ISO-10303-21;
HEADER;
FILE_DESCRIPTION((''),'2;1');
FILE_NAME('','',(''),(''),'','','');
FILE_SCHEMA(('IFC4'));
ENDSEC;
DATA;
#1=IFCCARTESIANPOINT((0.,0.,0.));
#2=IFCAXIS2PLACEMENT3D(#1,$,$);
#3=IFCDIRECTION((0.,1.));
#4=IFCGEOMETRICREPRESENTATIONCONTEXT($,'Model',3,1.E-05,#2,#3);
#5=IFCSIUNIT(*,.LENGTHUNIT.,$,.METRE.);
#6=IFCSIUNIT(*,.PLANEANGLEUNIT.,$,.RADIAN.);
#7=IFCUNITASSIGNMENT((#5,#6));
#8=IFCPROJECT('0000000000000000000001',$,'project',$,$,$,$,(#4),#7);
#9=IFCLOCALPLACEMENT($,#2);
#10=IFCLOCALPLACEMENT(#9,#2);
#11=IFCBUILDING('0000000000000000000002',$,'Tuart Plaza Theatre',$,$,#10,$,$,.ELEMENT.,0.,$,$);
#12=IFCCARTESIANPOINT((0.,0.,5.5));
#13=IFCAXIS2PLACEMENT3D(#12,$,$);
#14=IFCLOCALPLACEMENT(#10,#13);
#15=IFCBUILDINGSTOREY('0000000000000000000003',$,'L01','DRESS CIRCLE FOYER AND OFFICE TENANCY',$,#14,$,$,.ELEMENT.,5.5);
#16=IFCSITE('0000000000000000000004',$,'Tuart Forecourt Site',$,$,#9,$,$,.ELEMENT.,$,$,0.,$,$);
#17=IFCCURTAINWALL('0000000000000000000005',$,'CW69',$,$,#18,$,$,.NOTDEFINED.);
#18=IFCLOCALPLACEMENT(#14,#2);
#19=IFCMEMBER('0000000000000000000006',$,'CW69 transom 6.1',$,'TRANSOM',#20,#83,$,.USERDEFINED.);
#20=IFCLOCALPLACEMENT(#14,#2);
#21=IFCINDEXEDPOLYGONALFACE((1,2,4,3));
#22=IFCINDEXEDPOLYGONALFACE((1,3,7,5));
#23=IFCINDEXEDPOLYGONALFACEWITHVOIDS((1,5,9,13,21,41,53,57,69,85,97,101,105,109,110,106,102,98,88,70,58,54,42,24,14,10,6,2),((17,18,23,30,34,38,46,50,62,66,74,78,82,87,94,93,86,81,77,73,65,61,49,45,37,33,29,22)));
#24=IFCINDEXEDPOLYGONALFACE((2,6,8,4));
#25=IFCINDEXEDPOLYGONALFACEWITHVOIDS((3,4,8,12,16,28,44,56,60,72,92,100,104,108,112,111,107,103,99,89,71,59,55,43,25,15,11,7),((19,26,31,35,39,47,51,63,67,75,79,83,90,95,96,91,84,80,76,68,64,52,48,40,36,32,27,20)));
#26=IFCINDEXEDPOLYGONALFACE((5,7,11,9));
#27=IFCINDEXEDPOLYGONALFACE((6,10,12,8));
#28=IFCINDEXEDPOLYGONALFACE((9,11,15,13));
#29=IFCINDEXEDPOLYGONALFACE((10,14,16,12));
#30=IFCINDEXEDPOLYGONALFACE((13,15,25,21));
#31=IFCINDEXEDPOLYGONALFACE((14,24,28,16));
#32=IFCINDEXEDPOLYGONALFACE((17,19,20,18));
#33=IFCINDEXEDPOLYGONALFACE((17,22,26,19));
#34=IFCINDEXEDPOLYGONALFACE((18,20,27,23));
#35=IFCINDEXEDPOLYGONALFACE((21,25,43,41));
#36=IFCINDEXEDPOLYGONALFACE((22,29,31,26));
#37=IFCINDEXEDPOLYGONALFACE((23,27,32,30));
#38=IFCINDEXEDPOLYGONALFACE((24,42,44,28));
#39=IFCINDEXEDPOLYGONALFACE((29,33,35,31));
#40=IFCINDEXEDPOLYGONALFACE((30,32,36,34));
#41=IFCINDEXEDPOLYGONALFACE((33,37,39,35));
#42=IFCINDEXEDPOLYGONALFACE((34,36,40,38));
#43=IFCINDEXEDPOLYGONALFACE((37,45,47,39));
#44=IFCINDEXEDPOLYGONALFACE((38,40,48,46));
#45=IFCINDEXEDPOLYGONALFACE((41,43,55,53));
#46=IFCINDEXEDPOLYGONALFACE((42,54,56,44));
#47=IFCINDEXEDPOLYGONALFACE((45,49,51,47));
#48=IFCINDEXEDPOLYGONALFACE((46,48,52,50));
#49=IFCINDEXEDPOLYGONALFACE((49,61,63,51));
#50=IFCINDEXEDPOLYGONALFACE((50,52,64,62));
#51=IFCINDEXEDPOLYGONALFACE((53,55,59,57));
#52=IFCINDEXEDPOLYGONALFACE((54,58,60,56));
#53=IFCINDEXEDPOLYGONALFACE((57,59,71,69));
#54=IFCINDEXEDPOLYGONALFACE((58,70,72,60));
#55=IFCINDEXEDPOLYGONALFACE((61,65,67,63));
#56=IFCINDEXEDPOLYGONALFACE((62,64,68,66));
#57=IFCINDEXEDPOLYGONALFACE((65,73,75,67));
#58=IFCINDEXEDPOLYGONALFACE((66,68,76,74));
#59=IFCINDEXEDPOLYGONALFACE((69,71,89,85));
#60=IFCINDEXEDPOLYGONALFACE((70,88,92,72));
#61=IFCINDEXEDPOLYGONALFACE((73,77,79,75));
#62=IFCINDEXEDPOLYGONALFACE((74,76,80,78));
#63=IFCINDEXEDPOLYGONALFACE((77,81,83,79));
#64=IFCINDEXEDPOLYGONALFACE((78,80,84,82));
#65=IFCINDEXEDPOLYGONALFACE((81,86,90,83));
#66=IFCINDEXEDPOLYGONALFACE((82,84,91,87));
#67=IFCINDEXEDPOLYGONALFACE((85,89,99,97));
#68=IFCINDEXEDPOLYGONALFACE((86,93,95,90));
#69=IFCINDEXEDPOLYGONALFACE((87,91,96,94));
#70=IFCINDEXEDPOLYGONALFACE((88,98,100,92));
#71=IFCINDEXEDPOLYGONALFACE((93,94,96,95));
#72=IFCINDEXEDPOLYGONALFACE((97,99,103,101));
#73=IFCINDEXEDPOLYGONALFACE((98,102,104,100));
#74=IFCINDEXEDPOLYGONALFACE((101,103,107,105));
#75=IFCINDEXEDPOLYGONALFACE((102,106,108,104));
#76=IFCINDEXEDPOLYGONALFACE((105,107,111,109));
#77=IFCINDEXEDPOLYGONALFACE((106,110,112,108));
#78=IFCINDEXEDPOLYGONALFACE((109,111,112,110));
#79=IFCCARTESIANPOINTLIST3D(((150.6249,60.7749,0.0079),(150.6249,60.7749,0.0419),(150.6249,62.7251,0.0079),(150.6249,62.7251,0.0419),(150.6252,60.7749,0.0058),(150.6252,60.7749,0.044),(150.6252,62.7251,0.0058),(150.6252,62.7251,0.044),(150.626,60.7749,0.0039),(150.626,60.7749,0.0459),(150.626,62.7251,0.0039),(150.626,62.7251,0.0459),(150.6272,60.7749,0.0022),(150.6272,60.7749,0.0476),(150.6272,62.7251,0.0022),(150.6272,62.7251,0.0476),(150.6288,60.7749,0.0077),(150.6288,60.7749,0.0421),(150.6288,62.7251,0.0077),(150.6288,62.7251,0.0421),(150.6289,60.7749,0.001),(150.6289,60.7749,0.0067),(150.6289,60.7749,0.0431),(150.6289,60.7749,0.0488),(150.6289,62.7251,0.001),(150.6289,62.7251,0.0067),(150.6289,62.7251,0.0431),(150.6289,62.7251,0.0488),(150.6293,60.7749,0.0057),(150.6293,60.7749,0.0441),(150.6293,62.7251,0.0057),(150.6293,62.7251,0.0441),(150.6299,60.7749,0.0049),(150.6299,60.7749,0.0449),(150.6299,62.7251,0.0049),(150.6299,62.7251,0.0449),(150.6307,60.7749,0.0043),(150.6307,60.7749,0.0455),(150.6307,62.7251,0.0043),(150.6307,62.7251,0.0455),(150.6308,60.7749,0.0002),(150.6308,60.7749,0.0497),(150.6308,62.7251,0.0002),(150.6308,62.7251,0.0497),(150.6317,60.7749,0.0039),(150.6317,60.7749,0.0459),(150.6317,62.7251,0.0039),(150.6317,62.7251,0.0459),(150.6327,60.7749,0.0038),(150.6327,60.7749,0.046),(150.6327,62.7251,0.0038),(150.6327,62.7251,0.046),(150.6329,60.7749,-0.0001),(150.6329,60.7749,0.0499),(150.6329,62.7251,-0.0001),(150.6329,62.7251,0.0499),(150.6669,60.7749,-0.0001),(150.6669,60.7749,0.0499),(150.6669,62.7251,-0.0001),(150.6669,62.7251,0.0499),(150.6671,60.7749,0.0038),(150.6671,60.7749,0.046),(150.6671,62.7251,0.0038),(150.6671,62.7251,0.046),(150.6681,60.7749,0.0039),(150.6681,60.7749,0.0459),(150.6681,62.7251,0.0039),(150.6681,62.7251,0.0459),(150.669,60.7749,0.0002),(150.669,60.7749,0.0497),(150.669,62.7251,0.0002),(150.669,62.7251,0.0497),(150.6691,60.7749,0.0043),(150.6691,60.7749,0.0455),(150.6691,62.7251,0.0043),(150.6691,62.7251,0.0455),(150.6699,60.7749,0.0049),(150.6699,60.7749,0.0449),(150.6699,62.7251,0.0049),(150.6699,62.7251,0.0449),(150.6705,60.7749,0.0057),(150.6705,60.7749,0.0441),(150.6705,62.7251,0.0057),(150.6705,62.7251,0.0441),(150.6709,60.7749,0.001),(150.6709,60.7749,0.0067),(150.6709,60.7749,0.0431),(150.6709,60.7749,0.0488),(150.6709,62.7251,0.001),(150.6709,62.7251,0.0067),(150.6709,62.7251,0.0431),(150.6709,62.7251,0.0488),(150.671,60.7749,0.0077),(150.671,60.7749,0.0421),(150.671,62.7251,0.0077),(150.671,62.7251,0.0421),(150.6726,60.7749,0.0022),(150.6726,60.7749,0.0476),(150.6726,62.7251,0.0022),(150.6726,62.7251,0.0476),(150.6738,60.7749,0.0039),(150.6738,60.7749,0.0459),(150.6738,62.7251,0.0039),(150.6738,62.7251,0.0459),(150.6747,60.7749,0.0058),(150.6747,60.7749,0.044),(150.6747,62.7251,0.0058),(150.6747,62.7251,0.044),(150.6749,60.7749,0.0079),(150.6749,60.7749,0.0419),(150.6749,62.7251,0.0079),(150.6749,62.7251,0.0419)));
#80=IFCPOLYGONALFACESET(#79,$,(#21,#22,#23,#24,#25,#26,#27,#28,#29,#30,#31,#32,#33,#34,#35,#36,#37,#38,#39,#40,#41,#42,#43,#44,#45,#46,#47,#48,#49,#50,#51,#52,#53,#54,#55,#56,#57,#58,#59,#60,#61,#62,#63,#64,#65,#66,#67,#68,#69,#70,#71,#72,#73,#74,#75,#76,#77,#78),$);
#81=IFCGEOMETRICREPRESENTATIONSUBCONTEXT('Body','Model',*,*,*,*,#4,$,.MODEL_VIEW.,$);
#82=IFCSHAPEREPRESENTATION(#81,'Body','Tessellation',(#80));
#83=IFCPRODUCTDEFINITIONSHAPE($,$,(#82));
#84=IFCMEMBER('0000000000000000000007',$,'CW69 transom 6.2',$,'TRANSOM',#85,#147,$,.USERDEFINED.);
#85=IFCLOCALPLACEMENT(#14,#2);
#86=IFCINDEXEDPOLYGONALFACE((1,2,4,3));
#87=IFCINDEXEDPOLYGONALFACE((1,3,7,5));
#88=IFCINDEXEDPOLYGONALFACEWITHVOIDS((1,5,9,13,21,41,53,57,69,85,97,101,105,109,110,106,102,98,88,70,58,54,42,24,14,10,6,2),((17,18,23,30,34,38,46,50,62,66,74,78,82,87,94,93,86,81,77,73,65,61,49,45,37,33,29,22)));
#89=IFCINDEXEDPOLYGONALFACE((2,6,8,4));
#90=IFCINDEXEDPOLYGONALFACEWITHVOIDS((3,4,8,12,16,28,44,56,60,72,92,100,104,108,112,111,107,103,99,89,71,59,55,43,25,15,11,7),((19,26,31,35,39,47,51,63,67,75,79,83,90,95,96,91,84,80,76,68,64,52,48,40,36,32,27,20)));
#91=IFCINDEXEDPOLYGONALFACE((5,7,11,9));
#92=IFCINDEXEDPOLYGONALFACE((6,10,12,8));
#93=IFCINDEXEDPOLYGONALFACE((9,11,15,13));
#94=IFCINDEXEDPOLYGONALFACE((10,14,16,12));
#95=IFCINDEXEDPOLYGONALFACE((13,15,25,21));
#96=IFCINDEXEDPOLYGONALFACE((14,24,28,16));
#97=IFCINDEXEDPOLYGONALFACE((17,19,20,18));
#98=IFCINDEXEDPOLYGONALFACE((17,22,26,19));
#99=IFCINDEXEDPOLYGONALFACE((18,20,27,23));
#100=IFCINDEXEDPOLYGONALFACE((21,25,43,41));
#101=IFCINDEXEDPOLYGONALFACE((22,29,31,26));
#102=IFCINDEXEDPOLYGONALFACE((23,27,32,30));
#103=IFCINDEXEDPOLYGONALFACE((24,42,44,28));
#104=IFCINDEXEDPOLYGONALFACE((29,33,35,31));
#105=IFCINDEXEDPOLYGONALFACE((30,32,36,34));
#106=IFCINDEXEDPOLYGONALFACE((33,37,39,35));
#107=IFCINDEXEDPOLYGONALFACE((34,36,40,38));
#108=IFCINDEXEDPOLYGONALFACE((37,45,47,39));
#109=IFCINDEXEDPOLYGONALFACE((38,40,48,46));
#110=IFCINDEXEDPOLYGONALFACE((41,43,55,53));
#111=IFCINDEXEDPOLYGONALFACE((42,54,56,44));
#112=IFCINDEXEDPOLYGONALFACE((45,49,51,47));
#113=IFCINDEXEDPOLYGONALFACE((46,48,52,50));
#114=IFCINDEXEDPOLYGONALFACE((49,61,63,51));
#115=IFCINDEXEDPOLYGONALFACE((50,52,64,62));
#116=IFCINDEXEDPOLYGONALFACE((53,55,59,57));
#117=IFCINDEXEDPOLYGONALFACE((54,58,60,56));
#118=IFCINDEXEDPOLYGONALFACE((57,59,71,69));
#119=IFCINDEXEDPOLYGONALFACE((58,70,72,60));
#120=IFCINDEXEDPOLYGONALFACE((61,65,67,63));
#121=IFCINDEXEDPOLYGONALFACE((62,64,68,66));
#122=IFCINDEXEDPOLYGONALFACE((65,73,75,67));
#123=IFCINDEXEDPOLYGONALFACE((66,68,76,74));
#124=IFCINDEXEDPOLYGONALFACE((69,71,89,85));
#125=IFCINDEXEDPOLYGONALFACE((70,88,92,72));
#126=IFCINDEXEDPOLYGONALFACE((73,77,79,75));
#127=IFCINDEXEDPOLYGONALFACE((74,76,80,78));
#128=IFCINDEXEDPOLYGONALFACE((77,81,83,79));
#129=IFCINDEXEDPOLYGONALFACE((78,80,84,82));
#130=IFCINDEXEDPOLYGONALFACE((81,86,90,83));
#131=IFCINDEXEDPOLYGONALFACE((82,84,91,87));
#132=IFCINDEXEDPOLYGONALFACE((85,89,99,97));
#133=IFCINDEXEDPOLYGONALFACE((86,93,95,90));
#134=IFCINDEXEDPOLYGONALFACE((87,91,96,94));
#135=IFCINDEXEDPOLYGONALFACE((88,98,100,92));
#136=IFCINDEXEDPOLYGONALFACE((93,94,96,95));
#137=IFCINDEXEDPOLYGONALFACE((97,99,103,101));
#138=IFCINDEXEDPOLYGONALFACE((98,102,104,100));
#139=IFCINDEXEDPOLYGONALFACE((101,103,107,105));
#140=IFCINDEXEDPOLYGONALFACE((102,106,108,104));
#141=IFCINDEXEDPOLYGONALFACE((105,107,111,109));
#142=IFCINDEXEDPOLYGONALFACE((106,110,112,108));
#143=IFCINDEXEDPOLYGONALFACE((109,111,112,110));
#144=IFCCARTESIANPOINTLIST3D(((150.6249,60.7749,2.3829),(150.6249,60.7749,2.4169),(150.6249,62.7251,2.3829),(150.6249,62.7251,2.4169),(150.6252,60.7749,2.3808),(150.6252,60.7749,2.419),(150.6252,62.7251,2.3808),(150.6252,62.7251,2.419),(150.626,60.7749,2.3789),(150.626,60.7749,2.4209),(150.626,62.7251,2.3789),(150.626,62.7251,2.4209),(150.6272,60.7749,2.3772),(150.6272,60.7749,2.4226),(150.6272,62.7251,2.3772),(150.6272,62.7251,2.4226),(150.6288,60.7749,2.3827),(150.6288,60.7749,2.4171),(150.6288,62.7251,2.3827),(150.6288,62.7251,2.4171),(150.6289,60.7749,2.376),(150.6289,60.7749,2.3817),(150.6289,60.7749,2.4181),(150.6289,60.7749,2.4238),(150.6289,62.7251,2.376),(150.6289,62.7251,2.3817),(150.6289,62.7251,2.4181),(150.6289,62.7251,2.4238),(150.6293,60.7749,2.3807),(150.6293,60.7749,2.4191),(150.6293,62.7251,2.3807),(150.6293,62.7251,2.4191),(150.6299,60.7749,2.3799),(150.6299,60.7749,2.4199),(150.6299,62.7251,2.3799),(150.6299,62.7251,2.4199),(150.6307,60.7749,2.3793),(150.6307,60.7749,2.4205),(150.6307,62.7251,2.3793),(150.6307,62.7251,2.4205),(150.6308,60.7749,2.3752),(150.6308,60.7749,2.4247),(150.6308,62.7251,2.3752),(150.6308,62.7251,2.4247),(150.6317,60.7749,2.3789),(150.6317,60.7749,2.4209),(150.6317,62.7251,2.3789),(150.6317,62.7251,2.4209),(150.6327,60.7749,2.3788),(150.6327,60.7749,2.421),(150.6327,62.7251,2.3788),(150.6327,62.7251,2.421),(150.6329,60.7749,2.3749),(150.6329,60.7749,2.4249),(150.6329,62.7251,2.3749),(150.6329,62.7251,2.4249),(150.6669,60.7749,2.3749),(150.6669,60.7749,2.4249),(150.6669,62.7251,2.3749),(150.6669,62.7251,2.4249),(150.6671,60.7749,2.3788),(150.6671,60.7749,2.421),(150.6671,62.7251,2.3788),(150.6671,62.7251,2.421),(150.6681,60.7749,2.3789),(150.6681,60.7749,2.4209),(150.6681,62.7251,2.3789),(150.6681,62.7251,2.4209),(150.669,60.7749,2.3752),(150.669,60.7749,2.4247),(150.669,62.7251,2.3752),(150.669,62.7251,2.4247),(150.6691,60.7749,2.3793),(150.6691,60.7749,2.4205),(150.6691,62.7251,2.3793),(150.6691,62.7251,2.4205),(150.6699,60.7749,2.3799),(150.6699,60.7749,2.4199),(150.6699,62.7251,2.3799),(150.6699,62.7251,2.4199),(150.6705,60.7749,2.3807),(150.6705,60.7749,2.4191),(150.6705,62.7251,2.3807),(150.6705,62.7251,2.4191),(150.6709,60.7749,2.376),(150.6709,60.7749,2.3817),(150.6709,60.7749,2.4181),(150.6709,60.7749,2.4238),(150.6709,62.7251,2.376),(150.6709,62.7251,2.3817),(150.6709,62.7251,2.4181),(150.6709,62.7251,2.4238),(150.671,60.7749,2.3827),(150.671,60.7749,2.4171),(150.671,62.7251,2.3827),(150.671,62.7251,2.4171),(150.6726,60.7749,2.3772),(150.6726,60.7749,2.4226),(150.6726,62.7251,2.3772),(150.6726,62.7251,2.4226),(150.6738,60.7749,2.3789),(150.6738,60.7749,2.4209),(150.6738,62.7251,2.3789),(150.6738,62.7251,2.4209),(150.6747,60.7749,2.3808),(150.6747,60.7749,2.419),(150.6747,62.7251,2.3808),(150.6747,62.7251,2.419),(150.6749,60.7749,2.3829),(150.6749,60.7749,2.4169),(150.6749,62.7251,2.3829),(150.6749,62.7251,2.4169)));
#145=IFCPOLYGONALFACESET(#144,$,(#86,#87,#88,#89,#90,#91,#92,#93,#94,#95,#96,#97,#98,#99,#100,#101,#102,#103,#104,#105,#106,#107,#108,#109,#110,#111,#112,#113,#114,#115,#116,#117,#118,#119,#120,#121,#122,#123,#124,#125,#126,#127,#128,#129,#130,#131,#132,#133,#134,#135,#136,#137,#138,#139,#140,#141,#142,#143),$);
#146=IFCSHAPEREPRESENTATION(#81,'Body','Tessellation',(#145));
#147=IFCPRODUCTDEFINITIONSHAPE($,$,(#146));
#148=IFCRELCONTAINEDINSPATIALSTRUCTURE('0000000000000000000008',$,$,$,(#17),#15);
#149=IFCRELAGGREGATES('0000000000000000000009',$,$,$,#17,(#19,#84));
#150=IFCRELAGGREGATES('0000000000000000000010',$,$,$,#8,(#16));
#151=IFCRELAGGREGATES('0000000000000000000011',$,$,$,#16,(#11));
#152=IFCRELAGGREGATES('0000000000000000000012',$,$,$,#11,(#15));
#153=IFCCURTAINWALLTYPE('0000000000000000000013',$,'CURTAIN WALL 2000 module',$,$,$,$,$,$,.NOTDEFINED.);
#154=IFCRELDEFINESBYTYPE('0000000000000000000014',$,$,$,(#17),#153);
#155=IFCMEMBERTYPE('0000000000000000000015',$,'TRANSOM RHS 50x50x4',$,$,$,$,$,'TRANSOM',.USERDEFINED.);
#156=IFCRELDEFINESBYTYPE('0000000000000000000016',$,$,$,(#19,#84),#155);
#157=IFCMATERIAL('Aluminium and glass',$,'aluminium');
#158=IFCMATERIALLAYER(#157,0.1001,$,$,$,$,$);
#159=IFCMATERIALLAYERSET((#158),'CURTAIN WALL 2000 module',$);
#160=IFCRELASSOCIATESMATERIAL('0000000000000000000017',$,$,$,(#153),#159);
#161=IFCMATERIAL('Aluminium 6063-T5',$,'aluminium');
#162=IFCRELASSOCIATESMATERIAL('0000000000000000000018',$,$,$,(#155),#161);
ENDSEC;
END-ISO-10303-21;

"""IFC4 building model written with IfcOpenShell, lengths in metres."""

from ifc_helpers import new_model, si_unit, direction, frame, origin, origin_2d, place, context, subcontext, project, spatial, hollow_rectangle, extrude, material, layer, layer_set, material_profile, profile_set, type_object, element, aggregate, save


model = new_model("IFC4")

# Units and contexts
model_context = context("Model", 3, precision=1e-05, world=origin(), true_north=direction((0.0, 1.0)))
body_context = subcontext(model_context, "Body", "Model", "MODEL_VIEW")
ifc_project = project(units=[si_unit("LENGTHUNIT", "METRE"), si_unit("PLANEANGLEUNIT", "RADIAN")], contexts=[model_context])

# Site, building, storey
site_placement = place(None, origin())
site = spatial("IfcSite", under=ifc_project, at=site_placement, Name="Tuart Forecourt Site", CompositionType="ELEMENT", RefElevation=0.0)
building_placement = place(site_placement, origin())
building = spatial("IfcBuilding", under=site, at=building_placement, Name="Tuart Plaza Theatre", CompositionType="ELEMENT", ElevationOfRefHeight=0.0)
storey_placement = place(building_placement, frame((0.0, 0.0, 5.5)))
storey = spatial("IfcBuildingStorey", under=building, at=storey_placement, Name="L01", Description="DRESS CIRCLE FOYER AND OFFICE TENANCY", CompositionType="ELEMENT", Elevation=5.5)

# Curtain wall, members
ifc_material_1 = material(Name="Aluminium and glass", Category="aluminium")
ifc_layer_1 = layer(ifc_material_1, 0.1001)
ifc_layer_set_1 = layer_set([ifc_layer_1], Name="CURTAIN WALL 2000 module")
curtain_wall_type = type_object("IfcCurtainWallType", Name="CURTAIN WALL 2000 module", PredefinedType="NOTDEFINED", material=ifc_layer_set_1)
curtain_wall_placement = place(storey_placement, origin())
curtain_wall = element("IfcCurtainWall", 1, at=curtain_wall_placement, inside=storey, type_object=curtain_wall_type, Name="CW69", PredefinedType="NOTDEFINED")
ifc_material_2 = material(Name="Aluminium 6063-T5", Category="aluminium")
ifc_material_profile_1 = material_profile(ifc_material_2, hollow_rectangle(XDim=0.05, YDim=0.05, WallThickness=0.0039, InnerFilletRadius=0.0039, OuterFilletRadius=0.0081, at=origin_2d()), Name="RHS 50x50x4")
ifc_profile_set_1 = profile_set([ifc_material_profile_1], Name="Aluminium 6063-T5")
member_type_1 = type_object("IfcMemberType", Name="TRANSOM RHS 50x50x4", ElementType="TRANSOM", PredefinedType="USERDEFINED", material=ifc_profile_set_1)
member_1_placement = place(storey_placement, frame((150.6499, 60.7749, 0.0249), z_axis=(0.0, 1.0, 0.0), x_axis=(-1.0, 0.0, 0.0)))
member_1 = element("IfcMember", 2, at=member_1_placement, type_object=member_type_1, Name="CW69 transom 6.1", ObjectType="TRANSOM", PredefinedType="USERDEFINED", context=body_context, shape_type="SweptSolid", body=[
    extrude(hollow_rectangle(XDim=0.05, YDim=0.05, WallThickness=0.0039, InnerFilletRadius=0.0039, OuterFilletRadius=0.0081, at=origin_2d()), origin(), (0.0, 0.0, 1.0), 1.9502),
])
member_2_placement = place(storey_placement, frame((150.6499, 60.7749, 2.3999), z_axis=(0.0, 1.0, 0.0), x_axis=(-1.0, 0.0, 0.0)))
member_2 = element("IfcMember", 3, at=member_2_placement, type_object=member_type_1, Name="CW69 transom 6.2", ObjectType="TRANSOM", PredefinedType="USERDEFINED", context=body_context, shape_type="SweptSolid", body=[
    extrude(hollow_rectangle(XDim=0.05, YDim=0.05, WallThickness=0.0039, InnerFilletRadius=0.0039, OuterFilletRadius=0.0081, at=origin_2d()), origin(), (0.0, 0.0, 1.0), 1.9502),
])
aggregate(curtain_wall, [member_1, member_2])

save(model, "model.ifc")
